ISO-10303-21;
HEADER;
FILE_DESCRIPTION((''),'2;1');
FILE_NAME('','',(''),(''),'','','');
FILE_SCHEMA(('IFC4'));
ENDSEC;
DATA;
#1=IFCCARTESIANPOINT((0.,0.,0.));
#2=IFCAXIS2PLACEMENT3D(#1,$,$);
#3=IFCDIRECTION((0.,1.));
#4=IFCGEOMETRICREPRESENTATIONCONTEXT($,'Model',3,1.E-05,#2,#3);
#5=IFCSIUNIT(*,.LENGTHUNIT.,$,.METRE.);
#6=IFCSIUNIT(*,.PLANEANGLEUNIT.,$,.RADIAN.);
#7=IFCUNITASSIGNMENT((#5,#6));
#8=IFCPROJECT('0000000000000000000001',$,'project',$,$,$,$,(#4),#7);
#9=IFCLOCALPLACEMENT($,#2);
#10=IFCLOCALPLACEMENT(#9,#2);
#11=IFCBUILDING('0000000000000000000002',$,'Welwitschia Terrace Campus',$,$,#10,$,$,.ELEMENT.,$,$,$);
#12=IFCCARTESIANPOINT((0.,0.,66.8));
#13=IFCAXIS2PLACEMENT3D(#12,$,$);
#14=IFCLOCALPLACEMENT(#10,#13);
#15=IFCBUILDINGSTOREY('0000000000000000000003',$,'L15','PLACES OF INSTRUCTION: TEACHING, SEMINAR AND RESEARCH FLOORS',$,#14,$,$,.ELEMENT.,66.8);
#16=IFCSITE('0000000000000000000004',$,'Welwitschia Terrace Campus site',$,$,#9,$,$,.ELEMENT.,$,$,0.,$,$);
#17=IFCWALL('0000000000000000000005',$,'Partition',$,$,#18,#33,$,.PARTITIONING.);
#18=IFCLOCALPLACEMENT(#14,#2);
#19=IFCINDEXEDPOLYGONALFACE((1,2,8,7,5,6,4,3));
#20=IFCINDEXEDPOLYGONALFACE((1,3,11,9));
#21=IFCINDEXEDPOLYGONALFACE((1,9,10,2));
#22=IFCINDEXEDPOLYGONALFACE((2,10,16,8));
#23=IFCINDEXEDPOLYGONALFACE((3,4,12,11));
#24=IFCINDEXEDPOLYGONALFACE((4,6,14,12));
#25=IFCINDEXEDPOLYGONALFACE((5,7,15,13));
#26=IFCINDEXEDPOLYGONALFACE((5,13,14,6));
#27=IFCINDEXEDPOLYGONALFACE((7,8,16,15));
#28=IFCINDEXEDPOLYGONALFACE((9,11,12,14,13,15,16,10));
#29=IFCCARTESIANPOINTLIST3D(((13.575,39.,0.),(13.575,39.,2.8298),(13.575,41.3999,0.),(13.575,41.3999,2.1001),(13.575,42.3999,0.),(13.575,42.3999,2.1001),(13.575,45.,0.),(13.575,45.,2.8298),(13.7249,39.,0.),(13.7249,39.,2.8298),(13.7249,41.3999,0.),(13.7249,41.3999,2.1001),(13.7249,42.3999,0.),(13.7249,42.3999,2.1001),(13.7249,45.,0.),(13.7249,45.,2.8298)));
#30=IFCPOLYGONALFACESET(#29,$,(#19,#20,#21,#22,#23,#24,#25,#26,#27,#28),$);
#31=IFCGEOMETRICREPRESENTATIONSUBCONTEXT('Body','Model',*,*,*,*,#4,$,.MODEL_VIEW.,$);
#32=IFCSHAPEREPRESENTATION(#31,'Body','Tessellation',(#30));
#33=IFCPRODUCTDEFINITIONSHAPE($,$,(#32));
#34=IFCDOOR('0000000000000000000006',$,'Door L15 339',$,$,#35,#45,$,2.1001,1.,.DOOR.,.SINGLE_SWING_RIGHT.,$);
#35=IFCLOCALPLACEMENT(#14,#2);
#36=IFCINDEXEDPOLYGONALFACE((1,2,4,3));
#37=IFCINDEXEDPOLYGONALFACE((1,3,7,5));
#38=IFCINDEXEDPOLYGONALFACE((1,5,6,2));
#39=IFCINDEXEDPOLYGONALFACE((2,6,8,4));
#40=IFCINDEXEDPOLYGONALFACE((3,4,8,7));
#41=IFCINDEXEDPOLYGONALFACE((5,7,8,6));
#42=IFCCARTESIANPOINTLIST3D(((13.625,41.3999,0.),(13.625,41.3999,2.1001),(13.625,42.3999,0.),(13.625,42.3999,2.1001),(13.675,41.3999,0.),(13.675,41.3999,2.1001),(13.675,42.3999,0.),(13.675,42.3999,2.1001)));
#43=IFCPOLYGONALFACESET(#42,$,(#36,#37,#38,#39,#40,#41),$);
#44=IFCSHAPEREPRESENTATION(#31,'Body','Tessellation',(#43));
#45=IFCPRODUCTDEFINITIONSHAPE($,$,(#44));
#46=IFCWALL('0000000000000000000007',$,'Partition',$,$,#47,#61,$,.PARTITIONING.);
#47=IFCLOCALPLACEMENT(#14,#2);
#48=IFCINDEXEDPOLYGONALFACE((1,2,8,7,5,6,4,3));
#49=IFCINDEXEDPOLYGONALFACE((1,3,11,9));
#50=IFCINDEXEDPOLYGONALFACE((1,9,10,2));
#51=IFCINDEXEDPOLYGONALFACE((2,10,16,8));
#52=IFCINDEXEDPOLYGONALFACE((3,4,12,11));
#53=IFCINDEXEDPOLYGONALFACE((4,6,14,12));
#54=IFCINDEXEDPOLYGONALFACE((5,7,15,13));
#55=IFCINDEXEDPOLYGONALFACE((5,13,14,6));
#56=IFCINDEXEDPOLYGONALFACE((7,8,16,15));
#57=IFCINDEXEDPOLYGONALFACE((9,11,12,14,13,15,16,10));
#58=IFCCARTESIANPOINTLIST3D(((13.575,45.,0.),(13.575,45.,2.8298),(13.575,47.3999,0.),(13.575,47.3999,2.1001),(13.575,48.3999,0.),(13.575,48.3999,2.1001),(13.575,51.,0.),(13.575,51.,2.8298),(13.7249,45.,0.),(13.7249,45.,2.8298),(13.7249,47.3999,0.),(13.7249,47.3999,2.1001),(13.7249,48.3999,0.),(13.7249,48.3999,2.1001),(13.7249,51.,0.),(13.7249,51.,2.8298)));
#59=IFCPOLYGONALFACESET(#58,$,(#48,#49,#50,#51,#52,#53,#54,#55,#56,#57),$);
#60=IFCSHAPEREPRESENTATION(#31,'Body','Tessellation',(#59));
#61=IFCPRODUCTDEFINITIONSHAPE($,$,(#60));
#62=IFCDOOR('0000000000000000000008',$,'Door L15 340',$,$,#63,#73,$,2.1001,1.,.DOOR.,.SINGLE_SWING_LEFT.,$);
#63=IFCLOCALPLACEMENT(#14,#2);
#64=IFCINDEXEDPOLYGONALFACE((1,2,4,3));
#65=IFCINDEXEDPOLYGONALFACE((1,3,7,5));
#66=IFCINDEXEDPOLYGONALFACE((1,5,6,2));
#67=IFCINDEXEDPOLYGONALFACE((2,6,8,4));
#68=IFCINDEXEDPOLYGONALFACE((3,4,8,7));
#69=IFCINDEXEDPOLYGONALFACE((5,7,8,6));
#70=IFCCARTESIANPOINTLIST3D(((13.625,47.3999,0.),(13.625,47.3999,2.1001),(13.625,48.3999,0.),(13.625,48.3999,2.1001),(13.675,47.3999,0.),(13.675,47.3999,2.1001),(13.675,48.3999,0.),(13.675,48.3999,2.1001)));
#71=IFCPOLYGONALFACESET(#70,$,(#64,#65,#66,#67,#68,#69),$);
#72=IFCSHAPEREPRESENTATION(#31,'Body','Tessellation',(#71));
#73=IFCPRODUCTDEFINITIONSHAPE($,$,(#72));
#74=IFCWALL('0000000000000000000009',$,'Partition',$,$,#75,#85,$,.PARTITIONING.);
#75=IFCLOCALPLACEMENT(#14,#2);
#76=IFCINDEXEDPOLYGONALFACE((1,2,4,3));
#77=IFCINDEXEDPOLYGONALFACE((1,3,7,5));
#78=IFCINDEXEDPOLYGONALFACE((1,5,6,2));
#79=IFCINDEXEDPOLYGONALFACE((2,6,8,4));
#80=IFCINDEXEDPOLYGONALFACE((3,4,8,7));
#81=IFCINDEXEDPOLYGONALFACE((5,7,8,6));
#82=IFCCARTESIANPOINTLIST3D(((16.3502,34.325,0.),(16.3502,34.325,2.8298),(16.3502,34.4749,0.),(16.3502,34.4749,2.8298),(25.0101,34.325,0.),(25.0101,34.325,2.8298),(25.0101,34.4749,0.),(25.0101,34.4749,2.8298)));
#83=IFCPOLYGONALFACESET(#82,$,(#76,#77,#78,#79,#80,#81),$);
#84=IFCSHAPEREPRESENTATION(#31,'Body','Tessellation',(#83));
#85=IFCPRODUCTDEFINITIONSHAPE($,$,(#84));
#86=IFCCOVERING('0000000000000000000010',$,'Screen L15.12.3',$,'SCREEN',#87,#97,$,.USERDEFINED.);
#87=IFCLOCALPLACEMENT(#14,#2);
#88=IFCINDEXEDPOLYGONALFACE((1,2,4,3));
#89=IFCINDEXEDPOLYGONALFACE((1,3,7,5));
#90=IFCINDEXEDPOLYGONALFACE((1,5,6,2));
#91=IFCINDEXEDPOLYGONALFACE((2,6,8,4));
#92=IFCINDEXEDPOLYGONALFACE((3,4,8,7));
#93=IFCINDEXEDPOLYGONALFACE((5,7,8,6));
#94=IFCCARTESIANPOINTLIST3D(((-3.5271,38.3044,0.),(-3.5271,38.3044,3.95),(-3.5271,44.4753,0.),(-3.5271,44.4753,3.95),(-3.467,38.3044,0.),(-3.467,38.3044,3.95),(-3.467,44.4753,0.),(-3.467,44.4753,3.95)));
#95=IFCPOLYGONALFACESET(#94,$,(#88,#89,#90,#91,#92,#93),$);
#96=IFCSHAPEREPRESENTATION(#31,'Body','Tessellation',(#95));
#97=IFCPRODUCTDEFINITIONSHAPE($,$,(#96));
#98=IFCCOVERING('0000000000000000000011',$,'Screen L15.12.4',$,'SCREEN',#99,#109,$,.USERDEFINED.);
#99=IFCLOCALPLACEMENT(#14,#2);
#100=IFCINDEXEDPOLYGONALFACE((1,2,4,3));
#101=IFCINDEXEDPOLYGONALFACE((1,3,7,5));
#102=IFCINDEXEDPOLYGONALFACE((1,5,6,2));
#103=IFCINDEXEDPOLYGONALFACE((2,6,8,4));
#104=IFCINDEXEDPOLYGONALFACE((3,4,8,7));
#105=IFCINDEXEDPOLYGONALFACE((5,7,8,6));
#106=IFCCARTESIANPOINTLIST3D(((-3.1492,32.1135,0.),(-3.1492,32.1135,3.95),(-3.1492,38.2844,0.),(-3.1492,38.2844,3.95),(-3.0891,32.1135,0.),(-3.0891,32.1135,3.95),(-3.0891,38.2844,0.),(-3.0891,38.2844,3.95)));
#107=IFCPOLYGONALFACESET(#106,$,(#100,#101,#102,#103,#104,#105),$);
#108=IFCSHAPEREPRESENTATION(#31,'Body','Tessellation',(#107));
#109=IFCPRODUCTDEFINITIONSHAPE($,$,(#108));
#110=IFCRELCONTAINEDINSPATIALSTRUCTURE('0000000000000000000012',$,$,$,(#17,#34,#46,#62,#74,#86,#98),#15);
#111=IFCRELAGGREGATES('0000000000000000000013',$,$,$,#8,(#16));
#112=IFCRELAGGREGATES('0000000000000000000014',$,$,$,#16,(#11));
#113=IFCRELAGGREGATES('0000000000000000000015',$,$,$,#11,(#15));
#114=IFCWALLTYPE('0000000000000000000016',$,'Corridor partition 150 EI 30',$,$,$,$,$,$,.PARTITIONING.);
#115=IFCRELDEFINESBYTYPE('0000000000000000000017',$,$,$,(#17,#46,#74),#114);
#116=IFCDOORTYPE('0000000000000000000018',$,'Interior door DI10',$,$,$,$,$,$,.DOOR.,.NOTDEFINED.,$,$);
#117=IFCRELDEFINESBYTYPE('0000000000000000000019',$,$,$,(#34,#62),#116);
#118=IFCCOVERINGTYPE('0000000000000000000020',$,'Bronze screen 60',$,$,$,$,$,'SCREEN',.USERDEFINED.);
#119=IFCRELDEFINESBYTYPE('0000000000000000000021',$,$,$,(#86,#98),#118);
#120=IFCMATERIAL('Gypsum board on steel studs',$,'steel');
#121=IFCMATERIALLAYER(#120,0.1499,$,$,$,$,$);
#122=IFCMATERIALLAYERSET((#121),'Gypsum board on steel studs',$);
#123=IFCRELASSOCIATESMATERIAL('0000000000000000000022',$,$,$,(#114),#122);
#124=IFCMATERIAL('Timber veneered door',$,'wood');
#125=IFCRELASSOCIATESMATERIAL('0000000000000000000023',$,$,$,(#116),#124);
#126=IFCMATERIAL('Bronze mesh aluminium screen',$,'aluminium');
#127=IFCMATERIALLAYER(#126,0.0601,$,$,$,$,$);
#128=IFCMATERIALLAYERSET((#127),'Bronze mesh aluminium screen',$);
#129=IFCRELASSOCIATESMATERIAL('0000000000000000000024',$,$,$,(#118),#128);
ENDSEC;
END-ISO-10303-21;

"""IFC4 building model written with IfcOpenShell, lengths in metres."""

from ifc_helpers import new_model, si_unit, direction, frame, frame_2d, origin, origin_2d, place, context, subcontext, project, spatial, rectangle, extrude, material, layer, layer_set, type_object, element, fill, save


model = new_model("IFC4")

# Units and contexts
model_context = context("Model", 3, precision=1e-05, world=origin(), true_north=direction((0.0, 1.0)))
body_context = subcontext(model_context, "Body", "Model", "MODEL_VIEW")
ifc_project = project(units=[si_unit("LENGTHUNIT", "METRE"), si_unit("PLANEANGLEUNIT", "RADIAN")], contexts=[model_context])

# Site, building, storey
site_placement = place(None, origin())
site = spatial("IfcSite", under=ifc_project, at=site_placement, Name="Welwitschia Terrace Campus site", CompositionType="ELEMENT", RefElevation=0.0)
building_placement = place(site_placement, origin())
building = spatial("IfcBuilding", under=site, at=building_placement, Name="Welwitschia Terrace Campus", CompositionType="ELEMENT")
storey_placement = place(building_placement, frame((0.0, 0.0, 66.8)))
storey = spatial("IfcBuildingStorey", under=building, at=storey_placement, Name="L15", Description="PLACES OF INSTRUCTION: TEACHING, SEMINAR AND RESEARCH FLOORS", CompositionType="ELEMENT", Elevation=66.8)

# Shared definitions
ifc_material_1 = material(Name="Gypsum board on steel studs", Category="steel")
ifc_layer_1 = layer(ifc_material_1, 0.1499)
ifc_layer_set_1 = layer_set([ifc_layer_1], Name="Gypsum board on steel studs")
wall_type = type_object("IfcWallType", Name="Corridor partition 150 EI 30", PredefinedType="PARTITIONING", material=ifc_layer_set_1)

# Walls, openings, doors
ifc_material_2 = material(Name="Timber veneered door", Category="wood")
door_type = type_object("IfcDoorType", Name="Interior door DI10", OperationType="NOTDEFINED", PredefinedType="DOOR", material=ifc_material_2)
wall_1_placement = place(storey_placement, frame((13.6499, 39.0, 0.0), z_axis=(0.0, 0.0, 1.0), x_axis=(0.0, 1.0, 0.0)))
wall_1 = element("IfcWall", 1, at=wall_1_placement, inside=storey, type_object=wall_type, Name="Partition", PredefinedType="PARTITIONING", context=body_context, shape_type="SweptSolid", body=[
    extrude(rectangle(XDim=6.0, YDim=0.1499, at=frame_2d((3.0, 0.0))), origin(), (0.0, 0.0, 1.0), 2.8298),
])
opening_1_placement = place(wall_1_placement, frame((2.3999, 0.0, 0.0)))
opening_1 = element("IfcOpeningElement", 2, at=opening_1_placement, cuts=wall_1, PredefinedType="OPENING", context=body_context, shape_type="SweptSolid", body=[
    extrude(rectangle(XDim=1.0, YDim=2.1001, at=frame_2d((0.5, 1.05))), frame((0.0, 0.085, 0.0), z_axis=(0.0, -1.0, 0.0), x_axis=(1.0, 0.0, 0.0)), (0.0, 0.0, 1.0), 0.1699),
])
door_1_placement = place(opening_1_placement, origin())
door_1 = element("IfcDoor", 3, at=door_1_placement, inside=storey, type_object=door_type, Name="Door L15 339", OperationType="SINGLE_SWING_RIGHT", OverallHeight=2.1001, OverallWidth=1.0, PredefinedType="DOOR", context=body_context, shape_type="SweptSolid", body=[
    extrude(rectangle(XDim=1.0, YDim=2.1001, at=frame_2d((0.5, 1.05))), frame((0.0, 0.0249, 0.0), z_axis=(0.0, -1.0, 0.0), x_axis=(1.0, 0.0, 0.0)), (0.0, 0.0, 1.0), 0.05),
])
fill(opening_1, door_1)
wall_2_placement = place(storey_placement, frame((13.6499, 45.0, 0.0), z_axis=(0.0, 0.0, 1.0), x_axis=(0.0, 1.0, 0.0)))
wall_2 = element("IfcWall", 4, at=wall_2_placement, inside=storey, type_object=wall_type, Name="Partition", PredefinedType="PARTITIONING", context=body_context, shape_type="SweptSolid", body=[
    extrude(rectangle(XDim=6.0, YDim=0.1499, at=frame_2d((3.0, 0.0))), origin(), (0.0, 0.0, 1.0), 2.8298),
])
opening_2_placement = place(wall_2_placement, frame((2.3999, 0.0, 0.0)))
opening_2 = element("IfcOpeningElement", 5, at=opening_2_placement, cuts=wall_2, PredefinedType="OPENING", context=body_context, shape_type="SweptSolid", body=[
    extrude(rectangle(XDim=1.0, YDim=2.1001, at=frame_2d((0.5, 1.05))), frame((0.0, 0.085, 0.0), z_axis=(0.0, -1.0, 0.0), x_axis=(1.0, 0.0, 0.0)), (0.0, 0.0, 1.0), 0.1699),
])
door_2_placement = place(opening_2_placement, origin())
door_2 = element("IfcDoor", 6, at=door_2_placement, inside=storey, type_object=door_type, Name="Door L15 340", OperationType="SINGLE_SWING_LEFT", OverallHeight=2.1001, OverallWidth=1.0, PredefinedType="DOOR", context=body_context, shape_type="SweptSolid", body=[
    extrude(rectangle(XDim=1.0, YDim=2.1001, at=frame_2d((0.5, 1.05))), frame((0.0, 0.0249, 0.0), z_axis=(0.0, -1.0, 0.0), x_axis=(1.0, 0.0, 0.0)), (0.0, 0.0, 1.0), 0.05),
])
fill(opening_2, door_2)

# Wall
wall_3_placement = place(storey_placement, frame((16.3501, 34.3999, 0.0), z_axis=(0.0, 0.0, 1.0), x_axis=(1.0, 0.0, 0.0)))
element("IfcWall", 7, at=wall_3_placement, inside=storey, type_object=wall_type, Name="Partition", PredefinedType="PARTITIONING", context=body_context, shape_type="SweptSolid", body=[
    extrude(rectangle(XDim=8.6599, YDim=0.1499, at=frame_2d((4.3301, 0.0))), origin(), (0.0, 0.0, 1.0), 2.8298),
])

# Coverings
ifc_material_3 = material(Name="Bronze mesh aluminium screen", Category="aluminium")
ifc_layer_2 = layer(ifc_material_3, 0.0601)
ifc_layer_set_2 = layer_set([ifc_layer_2], Name="Bronze mesh aluminium screen")
covering_type = type_object("IfcCoveringType", Name="Bronze screen 60", ElementType="SCREEN", PredefinedType="USERDEFINED", material=ifc_layer_set_2)
for number, where, z_axis, x_axis, name in (
    (8, (-3.4971, 41.3899, 0.0), (0.0, 0.0, 1.0), (0.0, -1.0, 0.0), "Screen L15.12.3"),
    (9, (-3.1191, 35.199, 0.0), (0.0, 0.0, 1.0), (0.0, -1.0, 0.0), "Screen L15.12.4"),
):
    element("IfcCovering", number, at=place(storey_placement, frame(where, z_axis=z_axis, x_axis=x_axis)), inside=storey, type_object=covering_type, Name=name, ObjectType="SCREEN", PredefinedType="USERDEFINED", context=body_context, shape_type="SweptSolid", body=[
        extrude(rectangle(XDim=6.1709, YDim=0.0601, at=origin_2d()), origin(), (0.0, 0.0, 1.0), 3.95),
    ])

save(model, "model.ifc")
